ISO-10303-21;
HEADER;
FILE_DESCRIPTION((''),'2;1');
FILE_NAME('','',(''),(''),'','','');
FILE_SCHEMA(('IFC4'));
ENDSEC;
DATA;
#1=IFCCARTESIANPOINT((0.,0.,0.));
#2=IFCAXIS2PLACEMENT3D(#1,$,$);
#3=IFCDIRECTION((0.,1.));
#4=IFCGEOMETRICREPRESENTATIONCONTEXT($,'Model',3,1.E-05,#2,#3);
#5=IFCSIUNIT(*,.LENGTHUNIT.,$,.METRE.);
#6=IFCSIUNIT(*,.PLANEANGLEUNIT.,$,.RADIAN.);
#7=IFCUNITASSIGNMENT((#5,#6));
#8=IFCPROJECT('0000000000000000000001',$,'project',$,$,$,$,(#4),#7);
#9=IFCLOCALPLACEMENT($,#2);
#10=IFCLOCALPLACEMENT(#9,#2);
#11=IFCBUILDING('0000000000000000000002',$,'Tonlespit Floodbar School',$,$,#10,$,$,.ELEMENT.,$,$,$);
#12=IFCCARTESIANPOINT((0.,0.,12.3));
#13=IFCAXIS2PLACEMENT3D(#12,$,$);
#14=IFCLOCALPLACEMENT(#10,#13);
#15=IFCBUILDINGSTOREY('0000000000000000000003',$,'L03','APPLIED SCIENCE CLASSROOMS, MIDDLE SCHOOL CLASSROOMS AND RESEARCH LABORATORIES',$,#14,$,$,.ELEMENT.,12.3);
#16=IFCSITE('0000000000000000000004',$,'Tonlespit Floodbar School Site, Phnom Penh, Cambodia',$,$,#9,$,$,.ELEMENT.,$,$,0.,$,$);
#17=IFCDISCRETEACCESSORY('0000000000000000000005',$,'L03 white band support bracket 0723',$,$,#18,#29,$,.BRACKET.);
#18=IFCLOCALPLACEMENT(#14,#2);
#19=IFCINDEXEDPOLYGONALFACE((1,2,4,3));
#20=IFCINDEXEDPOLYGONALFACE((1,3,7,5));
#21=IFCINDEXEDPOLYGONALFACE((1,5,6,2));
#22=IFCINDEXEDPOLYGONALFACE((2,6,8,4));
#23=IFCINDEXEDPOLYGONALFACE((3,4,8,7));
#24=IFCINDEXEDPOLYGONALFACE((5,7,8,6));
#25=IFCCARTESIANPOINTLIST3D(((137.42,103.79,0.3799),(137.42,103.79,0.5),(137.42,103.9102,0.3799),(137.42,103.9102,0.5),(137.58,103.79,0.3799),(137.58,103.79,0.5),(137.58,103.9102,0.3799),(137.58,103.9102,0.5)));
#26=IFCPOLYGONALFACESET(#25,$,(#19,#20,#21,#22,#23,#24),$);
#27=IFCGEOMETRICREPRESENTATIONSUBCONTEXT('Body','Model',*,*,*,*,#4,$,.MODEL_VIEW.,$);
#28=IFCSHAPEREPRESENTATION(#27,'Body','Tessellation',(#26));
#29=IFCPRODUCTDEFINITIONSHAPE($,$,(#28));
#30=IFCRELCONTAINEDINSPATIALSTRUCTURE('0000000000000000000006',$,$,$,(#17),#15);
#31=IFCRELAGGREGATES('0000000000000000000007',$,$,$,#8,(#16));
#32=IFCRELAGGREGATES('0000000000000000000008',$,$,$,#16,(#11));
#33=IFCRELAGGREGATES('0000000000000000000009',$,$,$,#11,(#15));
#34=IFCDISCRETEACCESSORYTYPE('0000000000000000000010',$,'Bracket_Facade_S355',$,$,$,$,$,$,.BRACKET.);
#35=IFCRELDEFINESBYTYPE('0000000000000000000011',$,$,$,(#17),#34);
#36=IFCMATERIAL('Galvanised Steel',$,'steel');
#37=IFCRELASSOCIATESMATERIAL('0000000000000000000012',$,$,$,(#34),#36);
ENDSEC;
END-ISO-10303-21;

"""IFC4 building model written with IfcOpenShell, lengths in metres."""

from ifc_helpers import new_model, si_unit, direction, frame, origin, origin_2d, place, context, subcontext, project, spatial, rectangle, extrude, material, type_object, element, save


model = new_model("IFC4")

# Units and contexts
model_context = context("Model", 3, precision=1e-05, world=origin(), true_north=direction((0.0, 1.0)))
body_context = subcontext(model_context, "Body", "Model", "MODEL_VIEW")
ifc_project = project(units=[si_unit("LENGTHUNIT", "METRE"), si_unit("PLANEANGLEUNIT", "RADIAN")], contexts=[model_context])

# Site, building, storey
site_placement = place(None, origin())
site = spatial("IfcSite", under=ifc_project, at=site_placement, Name="Tonlespit Floodbar School Site, Phnom Penh, Cambodia", CompositionType="ELEMENT", RefElevation=0.0)
building_placement = place(site_placement, origin())
building = spatial("IfcBuilding", under=site, at=building_placement, Name="Tonlespit Floodbar School", CompositionType="ELEMENT")
storey_placement = place(building_placement, frame((0.0, 0.0, 12.3)))
storey = spatial("IfcBuildingStorey", under=building, at=storey_placement, Name="L03", Description="APPLIED SCIENCE CLASSROOMS, MIDDLE SCHOOL CLASSROOMS AND RESEARCH LABORATORIES", CompositionType="ELEMENT", Elevation=12.3)

# Discrete accessory
ifc_material_1 = material(Name="Galvanised Steel", Category="steel")
discrete_accessory_type = type_object("IfcDiscreteAccessoryType", Name="Bracket_Facade_S355", PredefinedType="BRACKET", material=ifc_material_1)
discrete_accessory_1_placement = place(storey_placement, frame((137.5, 103.8501, 0.3799), z_axis=(0.0, 0.0, 1.0), x_axis=(-1.0, 0.0, 0.0)))
element("IfcDiscreteAccessory", 1, at=discrete_accessory_1_placement, inside=storey, type_object=discrete_accessory_type, Name="L03 white band support bracket 0723", PredefinedType="BRACKET", context=body_context, shape_type="SweptSolid", body=[
    extrude(rectangle(XDim=0.1599, YDim=0.1201, at=origin_2d()), origin(), (0.0, 0.0, 1.0), 0.1201),
])

save(model, "model.ifc")
